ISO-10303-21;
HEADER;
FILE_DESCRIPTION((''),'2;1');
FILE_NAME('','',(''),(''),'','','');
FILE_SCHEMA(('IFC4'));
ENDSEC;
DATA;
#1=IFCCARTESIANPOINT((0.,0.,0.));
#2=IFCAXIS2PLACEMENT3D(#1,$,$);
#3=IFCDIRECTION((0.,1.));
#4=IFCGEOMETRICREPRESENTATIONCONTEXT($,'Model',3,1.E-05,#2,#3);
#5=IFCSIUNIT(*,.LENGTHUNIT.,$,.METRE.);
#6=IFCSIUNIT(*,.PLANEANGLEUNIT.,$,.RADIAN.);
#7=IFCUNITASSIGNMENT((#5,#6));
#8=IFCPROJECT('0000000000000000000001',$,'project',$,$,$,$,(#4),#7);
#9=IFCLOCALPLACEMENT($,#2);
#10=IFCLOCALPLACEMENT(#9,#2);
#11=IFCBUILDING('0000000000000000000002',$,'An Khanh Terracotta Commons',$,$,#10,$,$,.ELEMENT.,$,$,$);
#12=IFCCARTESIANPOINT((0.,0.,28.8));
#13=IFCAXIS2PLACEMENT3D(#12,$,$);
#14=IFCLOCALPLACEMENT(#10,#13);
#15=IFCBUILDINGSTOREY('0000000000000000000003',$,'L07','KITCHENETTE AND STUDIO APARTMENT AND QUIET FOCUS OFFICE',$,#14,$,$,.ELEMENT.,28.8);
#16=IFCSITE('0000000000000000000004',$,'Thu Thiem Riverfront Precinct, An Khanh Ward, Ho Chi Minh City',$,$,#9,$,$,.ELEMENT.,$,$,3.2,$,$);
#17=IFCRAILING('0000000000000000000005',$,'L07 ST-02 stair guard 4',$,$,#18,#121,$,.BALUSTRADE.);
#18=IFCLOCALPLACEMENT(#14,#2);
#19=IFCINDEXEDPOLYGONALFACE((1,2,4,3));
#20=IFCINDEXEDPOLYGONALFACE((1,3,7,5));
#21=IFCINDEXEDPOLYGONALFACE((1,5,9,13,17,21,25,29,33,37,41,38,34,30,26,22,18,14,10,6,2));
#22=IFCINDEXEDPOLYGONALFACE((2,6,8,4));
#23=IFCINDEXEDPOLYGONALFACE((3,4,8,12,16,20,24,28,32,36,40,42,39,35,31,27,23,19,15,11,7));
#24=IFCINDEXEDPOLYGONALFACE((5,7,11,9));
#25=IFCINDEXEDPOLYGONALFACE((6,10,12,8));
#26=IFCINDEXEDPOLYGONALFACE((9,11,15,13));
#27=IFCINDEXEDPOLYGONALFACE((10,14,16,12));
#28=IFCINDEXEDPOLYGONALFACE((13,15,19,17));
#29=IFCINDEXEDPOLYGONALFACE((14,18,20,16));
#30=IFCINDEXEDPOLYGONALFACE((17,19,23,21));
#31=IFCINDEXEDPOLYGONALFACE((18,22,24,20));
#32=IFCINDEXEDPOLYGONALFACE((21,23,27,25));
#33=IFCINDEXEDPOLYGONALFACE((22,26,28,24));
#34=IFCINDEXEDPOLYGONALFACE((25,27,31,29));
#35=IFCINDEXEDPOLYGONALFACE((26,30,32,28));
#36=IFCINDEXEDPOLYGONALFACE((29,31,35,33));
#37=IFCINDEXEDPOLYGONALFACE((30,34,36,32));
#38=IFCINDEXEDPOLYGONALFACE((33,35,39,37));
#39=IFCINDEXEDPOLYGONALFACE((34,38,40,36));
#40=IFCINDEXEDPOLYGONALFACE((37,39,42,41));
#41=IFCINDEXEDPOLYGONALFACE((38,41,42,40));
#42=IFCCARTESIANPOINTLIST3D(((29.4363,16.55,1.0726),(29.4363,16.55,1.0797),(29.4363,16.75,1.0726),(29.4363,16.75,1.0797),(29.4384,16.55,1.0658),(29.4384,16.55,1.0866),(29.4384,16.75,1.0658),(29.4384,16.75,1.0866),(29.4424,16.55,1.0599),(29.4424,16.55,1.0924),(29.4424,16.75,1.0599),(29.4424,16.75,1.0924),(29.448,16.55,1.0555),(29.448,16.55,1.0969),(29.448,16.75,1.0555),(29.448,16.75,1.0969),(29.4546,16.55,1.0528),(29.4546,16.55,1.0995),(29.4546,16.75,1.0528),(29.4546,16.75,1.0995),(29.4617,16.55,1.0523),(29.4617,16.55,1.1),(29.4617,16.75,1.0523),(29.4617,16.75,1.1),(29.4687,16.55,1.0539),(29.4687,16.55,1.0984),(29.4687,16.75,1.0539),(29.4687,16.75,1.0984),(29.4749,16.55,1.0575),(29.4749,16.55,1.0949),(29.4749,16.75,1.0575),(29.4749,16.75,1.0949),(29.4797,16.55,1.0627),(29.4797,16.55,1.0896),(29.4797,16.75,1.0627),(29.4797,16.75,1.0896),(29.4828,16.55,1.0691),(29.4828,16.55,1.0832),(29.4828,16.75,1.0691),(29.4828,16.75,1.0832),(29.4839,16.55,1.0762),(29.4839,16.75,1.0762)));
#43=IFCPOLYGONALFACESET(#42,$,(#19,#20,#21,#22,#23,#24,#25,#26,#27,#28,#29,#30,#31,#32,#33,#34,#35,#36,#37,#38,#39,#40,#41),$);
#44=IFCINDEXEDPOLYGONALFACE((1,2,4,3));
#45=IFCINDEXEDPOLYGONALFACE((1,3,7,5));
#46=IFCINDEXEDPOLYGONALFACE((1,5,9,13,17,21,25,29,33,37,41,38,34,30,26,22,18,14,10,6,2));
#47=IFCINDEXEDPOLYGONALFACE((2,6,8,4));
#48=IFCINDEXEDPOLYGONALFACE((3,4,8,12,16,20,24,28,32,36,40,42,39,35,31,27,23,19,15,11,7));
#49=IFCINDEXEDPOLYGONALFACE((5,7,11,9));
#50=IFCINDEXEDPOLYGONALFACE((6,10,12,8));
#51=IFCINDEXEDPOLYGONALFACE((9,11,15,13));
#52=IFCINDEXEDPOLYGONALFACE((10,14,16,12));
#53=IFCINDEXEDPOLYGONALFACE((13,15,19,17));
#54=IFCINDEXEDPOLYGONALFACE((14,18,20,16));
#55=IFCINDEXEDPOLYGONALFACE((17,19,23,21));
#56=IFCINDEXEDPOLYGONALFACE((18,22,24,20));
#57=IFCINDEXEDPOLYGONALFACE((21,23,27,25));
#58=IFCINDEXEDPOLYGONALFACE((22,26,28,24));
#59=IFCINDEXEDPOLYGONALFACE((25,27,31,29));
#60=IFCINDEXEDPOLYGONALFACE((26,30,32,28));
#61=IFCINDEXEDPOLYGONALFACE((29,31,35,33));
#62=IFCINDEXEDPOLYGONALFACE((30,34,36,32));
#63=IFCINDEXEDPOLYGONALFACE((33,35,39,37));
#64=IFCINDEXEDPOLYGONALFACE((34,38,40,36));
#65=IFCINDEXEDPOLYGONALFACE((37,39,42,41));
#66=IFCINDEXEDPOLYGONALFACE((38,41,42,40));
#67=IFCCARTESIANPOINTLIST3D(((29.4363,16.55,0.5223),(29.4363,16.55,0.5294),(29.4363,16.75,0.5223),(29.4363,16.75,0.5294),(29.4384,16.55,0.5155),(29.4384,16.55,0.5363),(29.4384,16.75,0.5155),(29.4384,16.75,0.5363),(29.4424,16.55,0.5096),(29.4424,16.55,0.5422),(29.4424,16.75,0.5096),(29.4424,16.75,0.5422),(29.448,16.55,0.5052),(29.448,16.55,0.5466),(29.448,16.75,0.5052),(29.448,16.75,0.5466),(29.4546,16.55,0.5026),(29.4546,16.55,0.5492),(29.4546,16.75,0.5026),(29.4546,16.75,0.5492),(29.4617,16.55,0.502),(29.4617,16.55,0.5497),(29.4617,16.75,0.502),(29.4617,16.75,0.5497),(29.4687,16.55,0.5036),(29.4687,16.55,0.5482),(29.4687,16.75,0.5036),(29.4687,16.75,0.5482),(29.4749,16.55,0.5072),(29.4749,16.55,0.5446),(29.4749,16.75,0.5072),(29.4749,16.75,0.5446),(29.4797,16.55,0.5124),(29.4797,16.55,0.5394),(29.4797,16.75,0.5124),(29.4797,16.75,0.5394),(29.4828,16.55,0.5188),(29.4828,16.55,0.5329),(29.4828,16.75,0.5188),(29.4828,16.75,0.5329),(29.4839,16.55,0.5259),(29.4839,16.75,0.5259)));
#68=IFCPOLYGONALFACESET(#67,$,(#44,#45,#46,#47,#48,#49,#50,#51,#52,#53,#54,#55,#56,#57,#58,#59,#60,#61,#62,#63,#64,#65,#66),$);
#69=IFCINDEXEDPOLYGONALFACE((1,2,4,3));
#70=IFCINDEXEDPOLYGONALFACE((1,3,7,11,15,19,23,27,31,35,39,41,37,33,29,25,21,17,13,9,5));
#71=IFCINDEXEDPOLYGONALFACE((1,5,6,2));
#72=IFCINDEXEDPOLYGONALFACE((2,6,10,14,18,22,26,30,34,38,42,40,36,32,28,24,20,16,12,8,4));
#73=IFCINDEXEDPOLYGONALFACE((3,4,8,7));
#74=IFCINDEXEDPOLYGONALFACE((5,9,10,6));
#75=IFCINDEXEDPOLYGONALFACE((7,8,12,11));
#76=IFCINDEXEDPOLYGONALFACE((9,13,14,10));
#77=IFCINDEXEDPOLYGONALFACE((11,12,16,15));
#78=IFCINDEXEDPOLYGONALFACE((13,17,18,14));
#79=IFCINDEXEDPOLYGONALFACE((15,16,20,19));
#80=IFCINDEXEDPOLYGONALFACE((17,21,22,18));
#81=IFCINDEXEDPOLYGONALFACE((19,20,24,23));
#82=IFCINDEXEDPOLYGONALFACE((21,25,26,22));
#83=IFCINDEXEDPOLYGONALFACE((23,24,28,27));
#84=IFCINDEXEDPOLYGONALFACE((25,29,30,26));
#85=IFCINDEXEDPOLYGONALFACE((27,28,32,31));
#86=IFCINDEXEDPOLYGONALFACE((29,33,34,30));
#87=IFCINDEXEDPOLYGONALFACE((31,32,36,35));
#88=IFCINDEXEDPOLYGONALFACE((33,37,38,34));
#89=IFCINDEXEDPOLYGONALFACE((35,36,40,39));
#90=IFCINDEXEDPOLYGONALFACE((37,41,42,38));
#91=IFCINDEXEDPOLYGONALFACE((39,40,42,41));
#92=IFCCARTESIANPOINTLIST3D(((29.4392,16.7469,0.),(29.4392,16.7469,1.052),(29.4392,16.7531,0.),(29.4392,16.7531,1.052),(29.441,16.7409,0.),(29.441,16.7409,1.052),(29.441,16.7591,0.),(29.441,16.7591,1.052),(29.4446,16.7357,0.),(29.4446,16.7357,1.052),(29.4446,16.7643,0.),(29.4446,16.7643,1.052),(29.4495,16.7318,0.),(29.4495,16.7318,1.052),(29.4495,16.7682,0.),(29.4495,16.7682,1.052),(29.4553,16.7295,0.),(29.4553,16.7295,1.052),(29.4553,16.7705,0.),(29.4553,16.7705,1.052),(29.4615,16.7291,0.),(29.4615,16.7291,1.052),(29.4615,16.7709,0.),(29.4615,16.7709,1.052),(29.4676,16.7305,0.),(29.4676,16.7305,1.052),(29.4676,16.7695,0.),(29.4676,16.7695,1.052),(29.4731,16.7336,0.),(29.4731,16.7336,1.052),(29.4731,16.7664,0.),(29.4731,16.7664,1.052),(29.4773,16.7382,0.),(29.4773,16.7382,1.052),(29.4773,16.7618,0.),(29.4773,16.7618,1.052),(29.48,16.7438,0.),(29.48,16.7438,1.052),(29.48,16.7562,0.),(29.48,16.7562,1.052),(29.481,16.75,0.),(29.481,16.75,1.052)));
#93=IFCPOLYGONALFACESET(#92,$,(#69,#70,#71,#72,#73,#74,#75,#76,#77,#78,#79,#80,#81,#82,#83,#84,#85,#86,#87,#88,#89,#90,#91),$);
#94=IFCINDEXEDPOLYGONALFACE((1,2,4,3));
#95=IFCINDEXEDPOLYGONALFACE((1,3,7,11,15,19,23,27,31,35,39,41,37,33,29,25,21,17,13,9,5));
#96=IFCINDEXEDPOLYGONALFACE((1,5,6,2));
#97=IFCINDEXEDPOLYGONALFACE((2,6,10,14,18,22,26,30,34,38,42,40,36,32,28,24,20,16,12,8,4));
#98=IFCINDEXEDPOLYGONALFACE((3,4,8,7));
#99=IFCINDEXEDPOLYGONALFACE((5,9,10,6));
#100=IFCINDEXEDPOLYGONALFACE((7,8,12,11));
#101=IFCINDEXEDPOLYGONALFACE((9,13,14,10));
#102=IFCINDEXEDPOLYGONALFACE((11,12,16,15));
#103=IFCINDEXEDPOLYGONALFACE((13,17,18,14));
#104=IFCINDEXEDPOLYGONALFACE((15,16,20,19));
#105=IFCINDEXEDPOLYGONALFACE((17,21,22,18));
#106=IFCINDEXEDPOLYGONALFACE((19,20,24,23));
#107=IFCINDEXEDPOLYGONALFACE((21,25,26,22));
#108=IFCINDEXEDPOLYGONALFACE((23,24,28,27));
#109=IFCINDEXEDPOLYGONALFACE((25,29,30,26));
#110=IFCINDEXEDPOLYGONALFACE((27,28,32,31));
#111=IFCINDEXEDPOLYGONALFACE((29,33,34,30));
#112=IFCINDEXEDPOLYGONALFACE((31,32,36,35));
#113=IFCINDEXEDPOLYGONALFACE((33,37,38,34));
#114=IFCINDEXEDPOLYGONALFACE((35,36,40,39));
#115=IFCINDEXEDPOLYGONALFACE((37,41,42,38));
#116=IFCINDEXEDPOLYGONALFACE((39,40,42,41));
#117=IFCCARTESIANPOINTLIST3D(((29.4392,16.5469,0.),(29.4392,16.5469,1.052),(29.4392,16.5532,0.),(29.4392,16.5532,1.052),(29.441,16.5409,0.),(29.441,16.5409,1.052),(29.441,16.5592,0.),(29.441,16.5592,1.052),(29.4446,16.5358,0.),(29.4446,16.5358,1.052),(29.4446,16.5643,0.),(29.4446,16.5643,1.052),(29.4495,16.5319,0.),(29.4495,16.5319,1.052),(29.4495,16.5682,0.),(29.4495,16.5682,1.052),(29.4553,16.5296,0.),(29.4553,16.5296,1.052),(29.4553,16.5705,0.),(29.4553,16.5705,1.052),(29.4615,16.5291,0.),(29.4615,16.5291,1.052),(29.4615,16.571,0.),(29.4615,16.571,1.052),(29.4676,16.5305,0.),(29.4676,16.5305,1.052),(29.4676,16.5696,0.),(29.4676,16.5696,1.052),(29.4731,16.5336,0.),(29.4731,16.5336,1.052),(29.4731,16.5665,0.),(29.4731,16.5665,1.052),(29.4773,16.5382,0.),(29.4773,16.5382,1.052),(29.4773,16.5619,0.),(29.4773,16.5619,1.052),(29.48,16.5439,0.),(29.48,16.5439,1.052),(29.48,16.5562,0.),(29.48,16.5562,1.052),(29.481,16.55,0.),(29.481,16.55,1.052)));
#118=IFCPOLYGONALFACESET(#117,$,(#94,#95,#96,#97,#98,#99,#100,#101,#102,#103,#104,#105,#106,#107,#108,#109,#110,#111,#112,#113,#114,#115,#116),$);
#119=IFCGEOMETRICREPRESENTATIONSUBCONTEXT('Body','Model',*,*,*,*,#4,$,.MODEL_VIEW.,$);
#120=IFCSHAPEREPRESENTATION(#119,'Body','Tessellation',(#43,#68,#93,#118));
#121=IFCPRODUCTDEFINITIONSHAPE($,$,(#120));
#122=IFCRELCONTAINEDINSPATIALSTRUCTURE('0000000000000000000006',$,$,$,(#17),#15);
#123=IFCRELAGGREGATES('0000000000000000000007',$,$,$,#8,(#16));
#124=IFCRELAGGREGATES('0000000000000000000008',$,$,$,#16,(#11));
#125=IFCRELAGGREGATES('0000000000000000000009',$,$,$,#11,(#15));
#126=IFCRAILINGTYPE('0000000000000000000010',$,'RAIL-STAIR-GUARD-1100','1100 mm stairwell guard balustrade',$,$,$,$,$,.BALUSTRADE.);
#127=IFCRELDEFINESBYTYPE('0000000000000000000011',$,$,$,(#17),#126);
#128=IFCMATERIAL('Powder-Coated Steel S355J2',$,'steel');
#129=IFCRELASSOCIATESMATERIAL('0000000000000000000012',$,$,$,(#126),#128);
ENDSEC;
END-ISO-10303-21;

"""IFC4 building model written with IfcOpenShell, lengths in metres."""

from ifc_helpers import new_model, si_unit, direction, frame, origin, origin_2d, place, context, subcontext, project, spatial, circle, extrude, material, type_object, element, save


model = new_model("IFC4")

# Units and contexts
model_context = context("Model", 3, precision=1e-05, world=origin(), true_north=direction((0.0, 1.0)))
body_context = subcontext(model_context, "Body", "Model", "MODEL_VIEW")
ifc_project = project(units=[si_unit("LENGTHUNIT", "METRE"), si_unit("PLANEANGLEUNIT", "RADIAN")], contexts=[model_context])

# Site, building, storey
site_placement = place(None, origin())
site = spatial("IfcSite", under=ifc_project, at=site_placement, Name="Thu Thiem Riverfront Precinct, An Khanh Ward, Ho Chi Minh City", CompositionType="ELEMENT", RefElevation=3.2)
building_placement = place(site_placement, origin())
building = spatial("IfcBuilding", under=site, at=building_placement, Name="An Khanh Terracotta Commons", CompositionType="ELEMENT")
storey_placement = place(building_placement, frame((0.0, 0.0, 28.8)))
storey = spatial("IfcBuildingStorey", under=building, at=storey_placement, Name="L07", Description="KITCHENETTE AND STUDIO APARTMENT AND QUIET FOCUS OFFICE", CompositionType="ELEMENT", Elevation=28.8)

# Railing
ifc_material_1 = material(Name="Powder-Coated Steel S355J2", Category="steel")
railing_type_1 = type_object("IfcRailingType", Name="RAIL-STAIR-GUARD-1100", Description="1100 mm stairwell guard balustrade", PredefinedType="BALUSTRADE", material=ifc_material_1)
railing_1_placement = place(storey_placement, frame((29.46, 16.75, 0.0)))
element("IfcRailing", 1, at=railing_1_placement, inside=storey, type_object=railing_type_1, Name="L07 ST-02 stair guard 4", PredefinedType="BALUSTRADE", context=body_context, shape_type="SweptSolid", body=[
    extrude(circle(Radius=0.0239, at=origin_2d()), frame((0.0, 0.0, 1.0762), z_axis=(0.0, -1.0, 0.0), x_axis=(1.0, 0.0, 0.0)), (0.0, 0.0, 1.0), 0.2),
    extrude(circle(Radius=0.0239, at=origin_2d()), frame((0.0, 0.0, 0.5259), z_axis=(0.0, -1.0, 0.0), x_axis=(1.0, 0.0, 0.0)), (0.0, 0.0, 1.0), 0.2),
    extrude(circle(Radius=0.021, at=origin_2d()), origin(), (0.0, 0.0, 1.0), 1.052),
    extrude(circle(Radius=0.021, at=origin_2d()), frame((0.0, -0.2, 0.0)), (0.0, 0.0, 1.0), 1.052),
])

save(model, "model.ifc")
